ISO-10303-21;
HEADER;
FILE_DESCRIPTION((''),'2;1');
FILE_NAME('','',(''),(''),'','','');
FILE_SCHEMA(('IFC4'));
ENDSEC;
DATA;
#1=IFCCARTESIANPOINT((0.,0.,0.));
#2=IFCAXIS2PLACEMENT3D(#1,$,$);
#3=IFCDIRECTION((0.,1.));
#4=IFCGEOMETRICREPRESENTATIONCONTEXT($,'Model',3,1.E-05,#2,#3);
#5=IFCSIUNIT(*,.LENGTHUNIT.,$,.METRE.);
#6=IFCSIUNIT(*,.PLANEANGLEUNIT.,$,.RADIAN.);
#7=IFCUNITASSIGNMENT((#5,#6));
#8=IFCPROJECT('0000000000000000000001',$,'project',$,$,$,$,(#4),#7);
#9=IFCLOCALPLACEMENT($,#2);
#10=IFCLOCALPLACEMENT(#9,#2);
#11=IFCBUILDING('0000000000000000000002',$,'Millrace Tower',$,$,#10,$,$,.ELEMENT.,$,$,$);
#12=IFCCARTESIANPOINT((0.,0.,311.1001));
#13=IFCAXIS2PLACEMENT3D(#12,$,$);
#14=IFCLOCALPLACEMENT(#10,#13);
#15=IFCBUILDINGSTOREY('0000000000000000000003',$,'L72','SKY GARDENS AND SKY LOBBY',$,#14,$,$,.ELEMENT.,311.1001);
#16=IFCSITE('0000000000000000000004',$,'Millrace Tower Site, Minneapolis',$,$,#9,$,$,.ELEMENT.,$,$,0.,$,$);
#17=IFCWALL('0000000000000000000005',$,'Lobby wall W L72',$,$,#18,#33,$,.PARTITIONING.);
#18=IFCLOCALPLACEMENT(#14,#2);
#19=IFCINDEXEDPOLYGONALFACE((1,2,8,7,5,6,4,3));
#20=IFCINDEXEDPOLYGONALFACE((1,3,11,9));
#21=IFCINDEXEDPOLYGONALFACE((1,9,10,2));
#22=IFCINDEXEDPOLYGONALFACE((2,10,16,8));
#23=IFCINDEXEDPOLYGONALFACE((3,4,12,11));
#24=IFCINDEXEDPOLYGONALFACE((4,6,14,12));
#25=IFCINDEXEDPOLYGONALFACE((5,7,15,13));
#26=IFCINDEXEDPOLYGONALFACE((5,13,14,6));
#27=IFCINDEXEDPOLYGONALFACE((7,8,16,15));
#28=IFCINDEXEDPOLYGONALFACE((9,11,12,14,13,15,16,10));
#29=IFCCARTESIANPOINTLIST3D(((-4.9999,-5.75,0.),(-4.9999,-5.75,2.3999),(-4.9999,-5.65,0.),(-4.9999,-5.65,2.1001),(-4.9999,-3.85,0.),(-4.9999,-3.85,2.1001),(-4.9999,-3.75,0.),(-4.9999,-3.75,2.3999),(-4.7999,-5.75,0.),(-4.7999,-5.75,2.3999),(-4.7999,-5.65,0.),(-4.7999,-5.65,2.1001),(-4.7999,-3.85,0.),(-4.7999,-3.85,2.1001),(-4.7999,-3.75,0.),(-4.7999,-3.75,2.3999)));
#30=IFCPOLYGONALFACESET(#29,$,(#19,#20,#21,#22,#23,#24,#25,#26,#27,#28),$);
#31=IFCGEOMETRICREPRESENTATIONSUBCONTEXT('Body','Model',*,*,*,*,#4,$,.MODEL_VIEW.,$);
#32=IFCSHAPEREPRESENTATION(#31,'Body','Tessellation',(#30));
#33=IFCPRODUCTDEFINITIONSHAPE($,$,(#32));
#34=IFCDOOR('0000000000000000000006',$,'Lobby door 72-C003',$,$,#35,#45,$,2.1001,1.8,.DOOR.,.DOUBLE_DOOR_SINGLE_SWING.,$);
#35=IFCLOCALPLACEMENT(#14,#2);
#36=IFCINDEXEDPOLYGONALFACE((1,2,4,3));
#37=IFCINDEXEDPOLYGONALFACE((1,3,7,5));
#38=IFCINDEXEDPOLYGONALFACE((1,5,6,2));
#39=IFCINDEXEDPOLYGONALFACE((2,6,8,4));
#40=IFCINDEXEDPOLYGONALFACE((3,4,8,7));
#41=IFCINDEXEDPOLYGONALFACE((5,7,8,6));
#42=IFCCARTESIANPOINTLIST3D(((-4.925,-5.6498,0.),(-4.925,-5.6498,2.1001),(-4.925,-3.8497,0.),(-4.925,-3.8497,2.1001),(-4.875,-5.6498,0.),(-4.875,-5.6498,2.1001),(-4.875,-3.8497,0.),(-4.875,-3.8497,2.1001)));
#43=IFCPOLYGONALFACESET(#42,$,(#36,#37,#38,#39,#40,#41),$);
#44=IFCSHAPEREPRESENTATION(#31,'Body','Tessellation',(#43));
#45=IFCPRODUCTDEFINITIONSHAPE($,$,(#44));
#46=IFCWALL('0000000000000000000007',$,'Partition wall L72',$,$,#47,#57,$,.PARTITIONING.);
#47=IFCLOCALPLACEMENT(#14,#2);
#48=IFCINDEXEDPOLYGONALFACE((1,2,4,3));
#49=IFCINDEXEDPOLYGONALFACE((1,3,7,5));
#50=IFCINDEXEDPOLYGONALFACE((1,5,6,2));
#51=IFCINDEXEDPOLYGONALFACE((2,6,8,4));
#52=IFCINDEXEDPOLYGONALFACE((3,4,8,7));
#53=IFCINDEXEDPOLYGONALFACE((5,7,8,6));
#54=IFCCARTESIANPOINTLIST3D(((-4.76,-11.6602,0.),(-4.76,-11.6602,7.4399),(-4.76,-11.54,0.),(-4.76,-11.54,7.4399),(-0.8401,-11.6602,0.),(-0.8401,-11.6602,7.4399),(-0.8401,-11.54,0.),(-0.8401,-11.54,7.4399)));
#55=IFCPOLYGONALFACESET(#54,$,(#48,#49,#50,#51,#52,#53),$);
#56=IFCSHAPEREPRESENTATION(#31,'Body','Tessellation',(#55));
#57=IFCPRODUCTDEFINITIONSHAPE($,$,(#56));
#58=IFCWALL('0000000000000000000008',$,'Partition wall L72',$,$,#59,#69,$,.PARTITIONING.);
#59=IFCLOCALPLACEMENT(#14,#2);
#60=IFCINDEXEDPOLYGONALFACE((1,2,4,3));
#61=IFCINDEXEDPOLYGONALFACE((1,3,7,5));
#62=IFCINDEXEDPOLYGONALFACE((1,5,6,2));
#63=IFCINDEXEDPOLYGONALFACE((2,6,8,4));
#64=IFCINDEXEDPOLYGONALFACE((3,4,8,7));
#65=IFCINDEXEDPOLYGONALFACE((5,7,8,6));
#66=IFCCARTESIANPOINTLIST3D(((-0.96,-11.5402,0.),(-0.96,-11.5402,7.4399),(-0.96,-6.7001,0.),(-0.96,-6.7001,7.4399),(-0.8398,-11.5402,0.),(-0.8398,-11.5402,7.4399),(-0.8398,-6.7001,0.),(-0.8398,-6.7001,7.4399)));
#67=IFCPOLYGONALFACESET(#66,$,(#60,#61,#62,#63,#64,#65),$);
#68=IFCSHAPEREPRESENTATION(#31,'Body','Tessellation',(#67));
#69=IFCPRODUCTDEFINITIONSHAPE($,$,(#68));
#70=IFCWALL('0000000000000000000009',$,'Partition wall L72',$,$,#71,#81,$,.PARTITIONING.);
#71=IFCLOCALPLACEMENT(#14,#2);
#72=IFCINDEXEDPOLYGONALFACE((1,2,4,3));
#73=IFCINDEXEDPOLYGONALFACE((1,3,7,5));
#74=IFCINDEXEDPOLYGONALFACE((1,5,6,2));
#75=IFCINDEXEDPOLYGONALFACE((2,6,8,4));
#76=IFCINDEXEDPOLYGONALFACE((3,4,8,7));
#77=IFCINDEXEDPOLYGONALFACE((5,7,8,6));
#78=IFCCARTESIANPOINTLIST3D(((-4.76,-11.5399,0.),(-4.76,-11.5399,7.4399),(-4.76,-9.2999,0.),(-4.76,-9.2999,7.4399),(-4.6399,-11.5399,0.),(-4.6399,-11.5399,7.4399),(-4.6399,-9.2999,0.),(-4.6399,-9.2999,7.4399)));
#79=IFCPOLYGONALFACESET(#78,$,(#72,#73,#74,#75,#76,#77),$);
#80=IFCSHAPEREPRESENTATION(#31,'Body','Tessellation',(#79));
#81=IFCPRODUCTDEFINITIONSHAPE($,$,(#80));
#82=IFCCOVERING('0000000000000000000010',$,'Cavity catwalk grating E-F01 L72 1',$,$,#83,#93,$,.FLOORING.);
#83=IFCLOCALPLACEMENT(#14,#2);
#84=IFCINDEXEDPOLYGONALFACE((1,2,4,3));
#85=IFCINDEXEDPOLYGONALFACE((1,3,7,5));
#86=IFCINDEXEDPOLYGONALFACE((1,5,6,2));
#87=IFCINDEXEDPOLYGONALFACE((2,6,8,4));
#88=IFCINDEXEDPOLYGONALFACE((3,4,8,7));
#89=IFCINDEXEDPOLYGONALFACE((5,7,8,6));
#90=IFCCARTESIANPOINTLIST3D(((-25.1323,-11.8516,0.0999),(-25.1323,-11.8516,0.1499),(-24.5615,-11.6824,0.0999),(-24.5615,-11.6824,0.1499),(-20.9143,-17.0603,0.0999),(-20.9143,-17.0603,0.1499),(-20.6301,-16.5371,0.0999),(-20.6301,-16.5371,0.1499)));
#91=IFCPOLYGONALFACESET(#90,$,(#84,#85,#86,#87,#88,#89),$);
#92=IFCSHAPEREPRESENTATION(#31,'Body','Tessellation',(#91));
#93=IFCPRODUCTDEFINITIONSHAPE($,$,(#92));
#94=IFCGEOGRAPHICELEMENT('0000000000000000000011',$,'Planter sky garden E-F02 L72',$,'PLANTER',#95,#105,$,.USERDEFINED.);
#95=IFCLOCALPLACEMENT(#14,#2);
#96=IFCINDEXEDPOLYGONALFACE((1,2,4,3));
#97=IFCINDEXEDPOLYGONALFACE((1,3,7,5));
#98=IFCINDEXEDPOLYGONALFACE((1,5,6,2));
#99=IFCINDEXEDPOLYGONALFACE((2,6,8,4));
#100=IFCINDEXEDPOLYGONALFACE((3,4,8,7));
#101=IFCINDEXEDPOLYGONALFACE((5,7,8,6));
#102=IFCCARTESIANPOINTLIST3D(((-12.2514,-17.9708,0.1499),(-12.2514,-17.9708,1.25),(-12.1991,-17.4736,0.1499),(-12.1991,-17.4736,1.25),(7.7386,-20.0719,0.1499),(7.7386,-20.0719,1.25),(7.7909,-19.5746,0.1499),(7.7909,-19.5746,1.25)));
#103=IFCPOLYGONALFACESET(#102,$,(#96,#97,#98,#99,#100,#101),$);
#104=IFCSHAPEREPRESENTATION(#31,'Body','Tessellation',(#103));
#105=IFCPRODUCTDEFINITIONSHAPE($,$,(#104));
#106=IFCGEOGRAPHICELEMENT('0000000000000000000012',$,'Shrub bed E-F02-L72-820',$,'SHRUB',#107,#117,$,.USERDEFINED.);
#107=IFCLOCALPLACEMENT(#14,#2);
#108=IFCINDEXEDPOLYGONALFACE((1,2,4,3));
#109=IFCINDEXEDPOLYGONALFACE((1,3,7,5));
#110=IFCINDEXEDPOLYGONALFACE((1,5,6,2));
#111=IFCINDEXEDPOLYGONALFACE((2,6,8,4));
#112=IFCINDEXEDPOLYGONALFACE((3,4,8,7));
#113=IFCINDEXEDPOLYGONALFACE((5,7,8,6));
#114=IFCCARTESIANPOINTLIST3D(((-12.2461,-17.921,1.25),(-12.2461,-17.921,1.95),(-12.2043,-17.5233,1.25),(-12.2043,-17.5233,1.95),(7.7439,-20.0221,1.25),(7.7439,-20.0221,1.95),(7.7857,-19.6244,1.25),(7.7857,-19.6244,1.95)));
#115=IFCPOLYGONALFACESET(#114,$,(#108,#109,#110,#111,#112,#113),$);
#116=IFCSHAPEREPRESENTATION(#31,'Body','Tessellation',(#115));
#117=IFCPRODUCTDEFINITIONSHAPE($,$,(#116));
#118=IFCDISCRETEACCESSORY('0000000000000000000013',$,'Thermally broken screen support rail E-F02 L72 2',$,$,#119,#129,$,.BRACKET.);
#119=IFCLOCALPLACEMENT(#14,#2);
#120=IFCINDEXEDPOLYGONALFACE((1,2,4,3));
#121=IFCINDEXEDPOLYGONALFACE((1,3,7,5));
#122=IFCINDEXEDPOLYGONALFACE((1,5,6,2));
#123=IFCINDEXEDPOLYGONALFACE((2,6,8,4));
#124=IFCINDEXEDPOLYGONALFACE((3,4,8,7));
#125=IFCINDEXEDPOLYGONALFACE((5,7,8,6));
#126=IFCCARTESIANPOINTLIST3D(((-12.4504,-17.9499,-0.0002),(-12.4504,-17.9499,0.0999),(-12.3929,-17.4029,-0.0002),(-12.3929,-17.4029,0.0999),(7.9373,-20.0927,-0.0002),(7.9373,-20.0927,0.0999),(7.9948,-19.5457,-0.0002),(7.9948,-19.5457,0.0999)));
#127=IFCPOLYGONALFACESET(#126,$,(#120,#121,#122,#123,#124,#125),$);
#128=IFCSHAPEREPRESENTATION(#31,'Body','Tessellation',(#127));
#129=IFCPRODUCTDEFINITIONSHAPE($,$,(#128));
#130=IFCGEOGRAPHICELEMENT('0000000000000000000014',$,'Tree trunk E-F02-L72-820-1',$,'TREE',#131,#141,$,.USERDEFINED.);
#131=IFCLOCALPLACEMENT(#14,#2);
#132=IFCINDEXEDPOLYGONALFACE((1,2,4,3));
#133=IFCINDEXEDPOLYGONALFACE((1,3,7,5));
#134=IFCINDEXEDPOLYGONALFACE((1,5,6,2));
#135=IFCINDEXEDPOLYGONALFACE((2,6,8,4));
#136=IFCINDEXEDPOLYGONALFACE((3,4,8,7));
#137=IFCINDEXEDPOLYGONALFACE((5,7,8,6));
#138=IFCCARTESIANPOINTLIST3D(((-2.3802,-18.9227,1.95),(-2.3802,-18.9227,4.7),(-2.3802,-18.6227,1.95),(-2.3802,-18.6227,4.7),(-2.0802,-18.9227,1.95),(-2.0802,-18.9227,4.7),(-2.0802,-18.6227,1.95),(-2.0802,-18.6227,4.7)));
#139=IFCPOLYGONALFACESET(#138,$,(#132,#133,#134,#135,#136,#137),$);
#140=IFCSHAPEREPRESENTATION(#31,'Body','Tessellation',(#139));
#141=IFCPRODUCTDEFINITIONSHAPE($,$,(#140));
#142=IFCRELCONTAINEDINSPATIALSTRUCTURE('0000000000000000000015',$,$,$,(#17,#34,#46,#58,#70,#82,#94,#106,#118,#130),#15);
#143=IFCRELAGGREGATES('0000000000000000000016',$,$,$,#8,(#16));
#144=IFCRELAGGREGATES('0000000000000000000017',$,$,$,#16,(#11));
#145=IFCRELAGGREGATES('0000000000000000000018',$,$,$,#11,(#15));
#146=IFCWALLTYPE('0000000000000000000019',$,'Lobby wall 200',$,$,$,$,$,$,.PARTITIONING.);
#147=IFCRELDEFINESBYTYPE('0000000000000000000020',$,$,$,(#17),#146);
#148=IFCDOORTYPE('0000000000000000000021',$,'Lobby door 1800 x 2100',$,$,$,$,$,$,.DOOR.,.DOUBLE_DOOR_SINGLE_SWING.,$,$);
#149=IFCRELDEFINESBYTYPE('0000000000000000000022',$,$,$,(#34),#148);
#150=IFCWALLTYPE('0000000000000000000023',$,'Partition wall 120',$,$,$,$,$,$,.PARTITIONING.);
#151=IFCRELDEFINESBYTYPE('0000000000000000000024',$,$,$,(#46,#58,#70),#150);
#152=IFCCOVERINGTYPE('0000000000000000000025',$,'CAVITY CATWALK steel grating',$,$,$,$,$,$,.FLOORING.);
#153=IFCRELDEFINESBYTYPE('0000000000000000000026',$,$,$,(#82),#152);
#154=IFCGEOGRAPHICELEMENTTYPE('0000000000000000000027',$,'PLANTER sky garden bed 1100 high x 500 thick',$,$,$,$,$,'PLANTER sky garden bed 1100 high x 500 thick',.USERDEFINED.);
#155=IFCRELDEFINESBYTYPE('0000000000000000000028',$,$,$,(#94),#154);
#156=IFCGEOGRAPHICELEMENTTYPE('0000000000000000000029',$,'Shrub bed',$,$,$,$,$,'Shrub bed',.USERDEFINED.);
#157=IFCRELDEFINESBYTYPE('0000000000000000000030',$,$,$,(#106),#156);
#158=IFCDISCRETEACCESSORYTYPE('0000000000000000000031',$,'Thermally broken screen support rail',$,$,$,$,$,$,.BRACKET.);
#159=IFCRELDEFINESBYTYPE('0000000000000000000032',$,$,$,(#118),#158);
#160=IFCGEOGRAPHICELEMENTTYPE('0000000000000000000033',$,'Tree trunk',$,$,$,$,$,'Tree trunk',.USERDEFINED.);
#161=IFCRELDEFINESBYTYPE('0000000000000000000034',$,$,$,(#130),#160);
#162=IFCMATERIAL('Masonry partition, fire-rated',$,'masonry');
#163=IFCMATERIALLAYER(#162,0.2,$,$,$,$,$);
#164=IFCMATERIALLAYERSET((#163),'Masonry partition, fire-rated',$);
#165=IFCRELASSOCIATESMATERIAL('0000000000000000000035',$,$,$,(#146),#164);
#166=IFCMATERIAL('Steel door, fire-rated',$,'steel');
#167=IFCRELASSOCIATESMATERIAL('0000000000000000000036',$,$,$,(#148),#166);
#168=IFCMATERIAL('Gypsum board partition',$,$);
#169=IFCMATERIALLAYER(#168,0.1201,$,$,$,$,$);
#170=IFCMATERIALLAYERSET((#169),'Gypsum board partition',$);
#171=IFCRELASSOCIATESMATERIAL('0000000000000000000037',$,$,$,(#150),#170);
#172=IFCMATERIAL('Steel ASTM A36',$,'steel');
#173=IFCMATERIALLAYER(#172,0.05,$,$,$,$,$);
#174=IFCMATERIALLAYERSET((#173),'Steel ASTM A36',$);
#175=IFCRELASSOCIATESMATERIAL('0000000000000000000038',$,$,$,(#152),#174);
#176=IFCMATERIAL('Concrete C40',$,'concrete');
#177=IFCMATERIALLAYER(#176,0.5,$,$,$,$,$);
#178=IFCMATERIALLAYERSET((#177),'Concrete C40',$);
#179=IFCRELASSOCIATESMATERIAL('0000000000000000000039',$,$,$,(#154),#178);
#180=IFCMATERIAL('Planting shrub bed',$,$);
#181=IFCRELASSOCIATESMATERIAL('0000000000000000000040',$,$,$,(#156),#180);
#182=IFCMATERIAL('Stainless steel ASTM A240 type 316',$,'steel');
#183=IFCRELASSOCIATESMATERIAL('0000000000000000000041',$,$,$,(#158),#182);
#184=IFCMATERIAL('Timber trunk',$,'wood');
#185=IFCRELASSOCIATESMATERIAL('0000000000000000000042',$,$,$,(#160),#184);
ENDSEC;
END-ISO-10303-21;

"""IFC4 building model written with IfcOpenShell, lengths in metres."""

from ifc_helpers import new_model, si_unit, direction, frame, frame_2d, origin, origin_2d, place, context, subcontext, project, spatial, polyline, rectangle, outline, extrude, material, layer, layer_set, type_object, element, fill, save


model = new_model("IFC4")

# Units and contexts
model_context = context("Model", 3, precision=1e-05, world=origin(), true_north=direction((0.0, 1.0)))
body_context = subcontext(model_context, "Body", "Model", "MODEL_VIEW")
ifc_project = project(units=[si_unit("LENGTHUNIT", "METRE"), si_unit("PLANEANGLEUNIT", "RADIAN")], contexts=[model_context])

# Site, building, storey
site_placement = place(None, origin())
site = spatial("IfcSite", under=ifc_project, at=site_placement, Name="Millrace Tower Site, Minneapolis", CompositionType="ELEMENT", RefElevation=0.0)
building_placement = place(site_placement, origin())
building = spatial("IfcBuilding", under=site, at=building_placement, Name="Millrace Tower", CompositionType="ELEMENT")
storey_placement = place(building_placement, frame((0.0, 0.0, 311.1001)))
storey = spatial("IfcBuildingStorey", under=building, at=storey_placement, Name="L72", Description="SKY GARDENS AND SKY LOBBY", CompositionType="ELEMENT", Elevation=311.1001)

# Wall, opening, door
ifc_material_1 = material(Name="Masonry partition, fire-rated", Category="masonry")
ifc_layer_1 = layer(ifc_material_1, 0.2)
ifc_layer_set_1 = layer_set([ifc_layer_1], Name="Masonry partition, fire-rated")
wall_type_1 = type_object("IfcWallType", Name="Lobby wall 200", PredefinedType="PARTITIONING", material=ifc_layer_set_1)
wall_1_placement = place(storey_placement, frame((-4.8999, -5.75, 0.0), z_axis=(0.0, 0.0, 1.0), x_axis=(0.0, 1.0, 0.0)))
wall_1 = element("IfcWall", 1, at=wall_1_placement, inside=storey, type_object=wall_type_1, Name="Lobby wall W L72", PredefinedType="PARTITIONING", context=body_context, shape_type="SweptSolid", body=[
    extrude(rectangle(XDim=2.0, YDim=0.2, at=frame_2d((1.0, 0.0))), origin(), (0.0, 0.0, 1.0), 2.3999),
])
opening_1_placement = place(wall_1_placement, frame((0.1001, 0.0, 0.0)))
opening_1 = element("IfcOpeningElement", 2, at=opening_1_placement, cuts=wall_1, PredefinedType="OPENING", context=body_context, shape_type="SweptSolid", body=[
    extrude(rectangle(XDim=1.8, YDim=2.1001, at=frame_2d((0.8999, 1.05))), frame((0.0, 0.1099, 0.0), z_axis=(0.0, -1.0, 0.0), x_axis=(1.0, 0.0, 0.0)), (0.0, 0.0, 1.0), 0.22),
])
ifc_material_2 = material(Name="Steel door, fire-rated", Category="steel")
door_type_1 = type_object("IfcDoorType", Name="Lobby door 1800 x 2100", OperationType="DOUBLE_DOOR_SINGLE_SWING", PredefinedType="DOOR", material=ifc_material_2)
door_1_placement = place(opening_1_placement, frame((1.8, 0.0, 0.0), z_axis=(0.0, 0.0, 1.0), x_axis=(-1.0, 0.0, 0.0)))
door_1 = element("IfcDoor", 3, at=door_1_placement, inside=storey, type_object=door_type_1, Name="Lobby door 72-C003", OperationType="DOUBLE_DOOR_SINGLE_SWING", OverallHeight=2.1001, OverallWidth=1.8, PredefinedType="DOOR", context=body_context, shape_type="SweptSolid", body=[
    extrude(rectangle(XDim=1.8, YDim=2.1001, at=frame_2d((0.8999, 1.05))), frame((0.0, 0.0249, 0.0), z_axis=(0.0, -1.0, 0.0), x_axis=(1.0, 0.0, 0.0)), (0.0, 0.0, 1.0), 0.05),
])
fill(opening_1, door_1)

# Walls
ifc_material_3 = material(Name="Gypsum board partition")
ifc_layer_2 = layer(ifc_material_3, 0.1201)
ifc_layer_set_2 = layer_set([ifc_layer_2], Name="Gypsum board partition")
wall_type_2 = type_object("IfcWallType", Name="Partition wall 120", PredefinedType="PARTITIONING", material=ifc_layer_set_2)
wall_2_placement = place(storey_placement, frame((-4.76, -11.6001, 0.0), z_axis=(0.0, 0.0, 1.0), x_axis=(1.0, 0.0, 0.0)))
element("IfcWall", 4, at=wall_2_placement, inside=storey, type_object=wall_type_2, Name="Partition wall L72", PredefinedType="PARTITIONING", context=body_context, shape_type="SweptSolid", body=[
    extrude(rectangle(XDim=3.9199, YDim=0.1201, at=frame_2d((1.96, 0.0))), origin(), (0.0, 0.0, 1.0), 7.4399),
])
wall_3_placement = place(storey_placement, frame((-0.8999, -11.54, 0.0), z_axis=(0.0, 0.0, 1.0), x_axis=(0.0, 1.0, 0.0)))
element("IfcWall", 5, at=wall_3_placement, inside=storey, type_object=wall_type_2, Name="Partition wall L72", PredefinedType="PARTITIONING", context=body_context, shape_type="SweptSolid", body=[
    extrude(rectangle(XDim=4.8401, YDim=0.1201, at=frame_2d((2.4199, 0.0))), origin(), (0.0, 0.0, 1.0), 7.4399),
])
wall_4_placement = place(storey_placement, frame((-4.7, -11.54, 0.0), z_axis=(0.0, 0.0, 1.0), x_axis=(0.0, 1.0, 0.0)))
element("IfcWall", 6, at=wall_4_placement, inside=storey, type_object=wall_type_2, Name="Partition wall L72", PredefinedType="PARTITIONING", context=body_context, shape_type="SweptSolid", body=[
    extrude(rectangle(XDim=2.24, YDim=0.1201, at=frame_2d((1.1201, 0.0))), origin(), (0.0, 0.0, 1.0), 7.4399),
])

# Covering
ifc_material_4 = material(Name="Steel ASTM A36", Category="steel")
ifc_layer_3 = layer(ifc_material_4, 0.05)
ifc_layer_set_3 = layer_set([ifc_layer_3], Name="Steel ASTM A36")
covering_type = type_object("IfcCoveringType", Name="CAVITY CATWALK steel grating", PredefinedType="FLOORING", material=ifc_layer_set_3)
covering_placement = place(storey_placement, frame((0.0, 0.0, 0.0999)))
element("IfcCovering", 7, at=covering_placement, inside=storey, type_object=covering_type, Name="Cavity catwalk grating E-F01 L72 1", PredefinedType="FLOORING", context=body_context, shape_type="SweptSolid", body=[
    extrude(outline(polyline([(-25.1323, -11.8516), (-20.9143, -17.0603), (-20.6301, -16.5371), (-24.5615, -11.6824), (-25.1323, -11.8516)])), origin(), (0.0, 0.0, 1.0), 0.05),
])

# Geographic elements
ifc_material_5 = material(Name="Concrete C40", Category="concrete")
ifc_layer_4 = layer(ifc_material_5, 0.5)
ifc_layer_set_4 = layer_set([ifc_layer_4], Name="Concrete C40")
geographic_element_type_1 = type_object("IfcGeographicElementType", Name="PLANTER sky garden bed 1100 high x 500 thick", ElementType="PLANTER sky garden bed 1100 high x 500 thick", PredefinedType="USERDEFINED", material=ifc_layer_set_4)
geographic_element_1_placement = place(storey_placement, frame((-2.2302, -18.7727, 0.1499), z_axis=(0.0, 0.0, 1.0), x_axis=(0.994522, -0.104528, 0.0)))
element("IfcGeographicElement", 8, at=geographic_element_1_placement, inside=storey, type_object=geographic_element_type_1, Name="Planter sky garden E-F02 L72", ObjectType="PLANTER", PredefinedType="USERDEFINED", context=body_context, shape_type="SweptSolid", body=[
    extrude(rectangle(XDim=20.1001, YDim=0.5, at=origin_2d()), origin(), (0.0, 0.0, 1.0), 1.1001),
])
ifc_material_6 = material(Name="Planting shrub bed")
geographic_element_type_2 = type_object("IfcGeographicElementType", Name="Shrub bed", ElementType="Shrub bed", PredefinedType="USERDEFINED", material=ifc_material_6)
geographic_element_2_placement = place(storey_placement, frame((-2.2302, -18.7727, 1.25), z_axis=(0.0, 0.0, 1.0), x_axis=(0.994522, -0.104528, 0.0)))
element("IfcGeographicElement", 9, at=geographic_element_2_placement, inside=storey, type_object=geographic_element_type_2, Name="Shrub bed E-F02-L72-820", ObjectType="SHRUB", PredefinedType="USERDEFINED", context=body_context, shape_type="SweptSolid", body=[
    extrude(rectangle(XDim=20.1001, YDim=0.3999, at=origin_2d()), origin(), (0.0, 0.0, 1.0), 0.7),
])

# Discrete accessory
ifc_material_7 = material(Name="Stainless steel ASTM A240 type 316", Category="steel")
discrete_accessory_type = type_object("IfcDiscreteAccessoryType", Name="Thermally broken screen support rail", PredefinedType="BRACKET", material=ifc_material_7)
discrete_accessory_placement = place(storey_placement, frame((-2.2278, -18.7478, -0.0002), z_axis=(0.0, 0.0, 1.0), x_axis=(0.994522, -0.104528, 0.0)))
element("IfcDiscreteAccessory", 10, at=discrete_accessory_placement, inside=storey, type_object=discrete_accessory_type, Name="Thermally broken screen support rail E-F02 L72 2", PredefinedType="BRACKET", context=body_context, shape_type="SweptSolid", body=[
    extrude(rectangle(XDim=20.5, YDim=0.55, at=origin_2d()), origin(), (0.0, 0.0, 1.0), 0.1001),
])

# Geographic element
ifc_material_8 = material(Name="Timber trunk", Category="wood")
geographic_element_type_3 = type_object("IfcGeographicElementType", Name="Tree trunk", ElementType="Tree trunk", PredefinedType="USERDEFINED", material=ifc_material_8)
geographic_element_3_placement = place(storey_placement, frame((-2.2302, -18.7727, 1.95), z_axis=(0.0, 0.0, 1.0), x_axis=(1.0, 0.0, 0.0)))
element("IfcGeographicElement", 11, at=geographic_element_3_placement, inside=storey, type_object=geographic_element_type_3, Name="Tree trunk E-F02-L72-820-1", ObjectType="TREE", PredefinedType="USERDEFINED", context=body_context, shape_type="SweptSolid", body=[
    extrude(rectangle(XDim=0.3, YDim=0.3, at=origin_2d()), origin(), (0.0, 0.0, 1.0), 2.75),
])

save(model, "model.ifc")
